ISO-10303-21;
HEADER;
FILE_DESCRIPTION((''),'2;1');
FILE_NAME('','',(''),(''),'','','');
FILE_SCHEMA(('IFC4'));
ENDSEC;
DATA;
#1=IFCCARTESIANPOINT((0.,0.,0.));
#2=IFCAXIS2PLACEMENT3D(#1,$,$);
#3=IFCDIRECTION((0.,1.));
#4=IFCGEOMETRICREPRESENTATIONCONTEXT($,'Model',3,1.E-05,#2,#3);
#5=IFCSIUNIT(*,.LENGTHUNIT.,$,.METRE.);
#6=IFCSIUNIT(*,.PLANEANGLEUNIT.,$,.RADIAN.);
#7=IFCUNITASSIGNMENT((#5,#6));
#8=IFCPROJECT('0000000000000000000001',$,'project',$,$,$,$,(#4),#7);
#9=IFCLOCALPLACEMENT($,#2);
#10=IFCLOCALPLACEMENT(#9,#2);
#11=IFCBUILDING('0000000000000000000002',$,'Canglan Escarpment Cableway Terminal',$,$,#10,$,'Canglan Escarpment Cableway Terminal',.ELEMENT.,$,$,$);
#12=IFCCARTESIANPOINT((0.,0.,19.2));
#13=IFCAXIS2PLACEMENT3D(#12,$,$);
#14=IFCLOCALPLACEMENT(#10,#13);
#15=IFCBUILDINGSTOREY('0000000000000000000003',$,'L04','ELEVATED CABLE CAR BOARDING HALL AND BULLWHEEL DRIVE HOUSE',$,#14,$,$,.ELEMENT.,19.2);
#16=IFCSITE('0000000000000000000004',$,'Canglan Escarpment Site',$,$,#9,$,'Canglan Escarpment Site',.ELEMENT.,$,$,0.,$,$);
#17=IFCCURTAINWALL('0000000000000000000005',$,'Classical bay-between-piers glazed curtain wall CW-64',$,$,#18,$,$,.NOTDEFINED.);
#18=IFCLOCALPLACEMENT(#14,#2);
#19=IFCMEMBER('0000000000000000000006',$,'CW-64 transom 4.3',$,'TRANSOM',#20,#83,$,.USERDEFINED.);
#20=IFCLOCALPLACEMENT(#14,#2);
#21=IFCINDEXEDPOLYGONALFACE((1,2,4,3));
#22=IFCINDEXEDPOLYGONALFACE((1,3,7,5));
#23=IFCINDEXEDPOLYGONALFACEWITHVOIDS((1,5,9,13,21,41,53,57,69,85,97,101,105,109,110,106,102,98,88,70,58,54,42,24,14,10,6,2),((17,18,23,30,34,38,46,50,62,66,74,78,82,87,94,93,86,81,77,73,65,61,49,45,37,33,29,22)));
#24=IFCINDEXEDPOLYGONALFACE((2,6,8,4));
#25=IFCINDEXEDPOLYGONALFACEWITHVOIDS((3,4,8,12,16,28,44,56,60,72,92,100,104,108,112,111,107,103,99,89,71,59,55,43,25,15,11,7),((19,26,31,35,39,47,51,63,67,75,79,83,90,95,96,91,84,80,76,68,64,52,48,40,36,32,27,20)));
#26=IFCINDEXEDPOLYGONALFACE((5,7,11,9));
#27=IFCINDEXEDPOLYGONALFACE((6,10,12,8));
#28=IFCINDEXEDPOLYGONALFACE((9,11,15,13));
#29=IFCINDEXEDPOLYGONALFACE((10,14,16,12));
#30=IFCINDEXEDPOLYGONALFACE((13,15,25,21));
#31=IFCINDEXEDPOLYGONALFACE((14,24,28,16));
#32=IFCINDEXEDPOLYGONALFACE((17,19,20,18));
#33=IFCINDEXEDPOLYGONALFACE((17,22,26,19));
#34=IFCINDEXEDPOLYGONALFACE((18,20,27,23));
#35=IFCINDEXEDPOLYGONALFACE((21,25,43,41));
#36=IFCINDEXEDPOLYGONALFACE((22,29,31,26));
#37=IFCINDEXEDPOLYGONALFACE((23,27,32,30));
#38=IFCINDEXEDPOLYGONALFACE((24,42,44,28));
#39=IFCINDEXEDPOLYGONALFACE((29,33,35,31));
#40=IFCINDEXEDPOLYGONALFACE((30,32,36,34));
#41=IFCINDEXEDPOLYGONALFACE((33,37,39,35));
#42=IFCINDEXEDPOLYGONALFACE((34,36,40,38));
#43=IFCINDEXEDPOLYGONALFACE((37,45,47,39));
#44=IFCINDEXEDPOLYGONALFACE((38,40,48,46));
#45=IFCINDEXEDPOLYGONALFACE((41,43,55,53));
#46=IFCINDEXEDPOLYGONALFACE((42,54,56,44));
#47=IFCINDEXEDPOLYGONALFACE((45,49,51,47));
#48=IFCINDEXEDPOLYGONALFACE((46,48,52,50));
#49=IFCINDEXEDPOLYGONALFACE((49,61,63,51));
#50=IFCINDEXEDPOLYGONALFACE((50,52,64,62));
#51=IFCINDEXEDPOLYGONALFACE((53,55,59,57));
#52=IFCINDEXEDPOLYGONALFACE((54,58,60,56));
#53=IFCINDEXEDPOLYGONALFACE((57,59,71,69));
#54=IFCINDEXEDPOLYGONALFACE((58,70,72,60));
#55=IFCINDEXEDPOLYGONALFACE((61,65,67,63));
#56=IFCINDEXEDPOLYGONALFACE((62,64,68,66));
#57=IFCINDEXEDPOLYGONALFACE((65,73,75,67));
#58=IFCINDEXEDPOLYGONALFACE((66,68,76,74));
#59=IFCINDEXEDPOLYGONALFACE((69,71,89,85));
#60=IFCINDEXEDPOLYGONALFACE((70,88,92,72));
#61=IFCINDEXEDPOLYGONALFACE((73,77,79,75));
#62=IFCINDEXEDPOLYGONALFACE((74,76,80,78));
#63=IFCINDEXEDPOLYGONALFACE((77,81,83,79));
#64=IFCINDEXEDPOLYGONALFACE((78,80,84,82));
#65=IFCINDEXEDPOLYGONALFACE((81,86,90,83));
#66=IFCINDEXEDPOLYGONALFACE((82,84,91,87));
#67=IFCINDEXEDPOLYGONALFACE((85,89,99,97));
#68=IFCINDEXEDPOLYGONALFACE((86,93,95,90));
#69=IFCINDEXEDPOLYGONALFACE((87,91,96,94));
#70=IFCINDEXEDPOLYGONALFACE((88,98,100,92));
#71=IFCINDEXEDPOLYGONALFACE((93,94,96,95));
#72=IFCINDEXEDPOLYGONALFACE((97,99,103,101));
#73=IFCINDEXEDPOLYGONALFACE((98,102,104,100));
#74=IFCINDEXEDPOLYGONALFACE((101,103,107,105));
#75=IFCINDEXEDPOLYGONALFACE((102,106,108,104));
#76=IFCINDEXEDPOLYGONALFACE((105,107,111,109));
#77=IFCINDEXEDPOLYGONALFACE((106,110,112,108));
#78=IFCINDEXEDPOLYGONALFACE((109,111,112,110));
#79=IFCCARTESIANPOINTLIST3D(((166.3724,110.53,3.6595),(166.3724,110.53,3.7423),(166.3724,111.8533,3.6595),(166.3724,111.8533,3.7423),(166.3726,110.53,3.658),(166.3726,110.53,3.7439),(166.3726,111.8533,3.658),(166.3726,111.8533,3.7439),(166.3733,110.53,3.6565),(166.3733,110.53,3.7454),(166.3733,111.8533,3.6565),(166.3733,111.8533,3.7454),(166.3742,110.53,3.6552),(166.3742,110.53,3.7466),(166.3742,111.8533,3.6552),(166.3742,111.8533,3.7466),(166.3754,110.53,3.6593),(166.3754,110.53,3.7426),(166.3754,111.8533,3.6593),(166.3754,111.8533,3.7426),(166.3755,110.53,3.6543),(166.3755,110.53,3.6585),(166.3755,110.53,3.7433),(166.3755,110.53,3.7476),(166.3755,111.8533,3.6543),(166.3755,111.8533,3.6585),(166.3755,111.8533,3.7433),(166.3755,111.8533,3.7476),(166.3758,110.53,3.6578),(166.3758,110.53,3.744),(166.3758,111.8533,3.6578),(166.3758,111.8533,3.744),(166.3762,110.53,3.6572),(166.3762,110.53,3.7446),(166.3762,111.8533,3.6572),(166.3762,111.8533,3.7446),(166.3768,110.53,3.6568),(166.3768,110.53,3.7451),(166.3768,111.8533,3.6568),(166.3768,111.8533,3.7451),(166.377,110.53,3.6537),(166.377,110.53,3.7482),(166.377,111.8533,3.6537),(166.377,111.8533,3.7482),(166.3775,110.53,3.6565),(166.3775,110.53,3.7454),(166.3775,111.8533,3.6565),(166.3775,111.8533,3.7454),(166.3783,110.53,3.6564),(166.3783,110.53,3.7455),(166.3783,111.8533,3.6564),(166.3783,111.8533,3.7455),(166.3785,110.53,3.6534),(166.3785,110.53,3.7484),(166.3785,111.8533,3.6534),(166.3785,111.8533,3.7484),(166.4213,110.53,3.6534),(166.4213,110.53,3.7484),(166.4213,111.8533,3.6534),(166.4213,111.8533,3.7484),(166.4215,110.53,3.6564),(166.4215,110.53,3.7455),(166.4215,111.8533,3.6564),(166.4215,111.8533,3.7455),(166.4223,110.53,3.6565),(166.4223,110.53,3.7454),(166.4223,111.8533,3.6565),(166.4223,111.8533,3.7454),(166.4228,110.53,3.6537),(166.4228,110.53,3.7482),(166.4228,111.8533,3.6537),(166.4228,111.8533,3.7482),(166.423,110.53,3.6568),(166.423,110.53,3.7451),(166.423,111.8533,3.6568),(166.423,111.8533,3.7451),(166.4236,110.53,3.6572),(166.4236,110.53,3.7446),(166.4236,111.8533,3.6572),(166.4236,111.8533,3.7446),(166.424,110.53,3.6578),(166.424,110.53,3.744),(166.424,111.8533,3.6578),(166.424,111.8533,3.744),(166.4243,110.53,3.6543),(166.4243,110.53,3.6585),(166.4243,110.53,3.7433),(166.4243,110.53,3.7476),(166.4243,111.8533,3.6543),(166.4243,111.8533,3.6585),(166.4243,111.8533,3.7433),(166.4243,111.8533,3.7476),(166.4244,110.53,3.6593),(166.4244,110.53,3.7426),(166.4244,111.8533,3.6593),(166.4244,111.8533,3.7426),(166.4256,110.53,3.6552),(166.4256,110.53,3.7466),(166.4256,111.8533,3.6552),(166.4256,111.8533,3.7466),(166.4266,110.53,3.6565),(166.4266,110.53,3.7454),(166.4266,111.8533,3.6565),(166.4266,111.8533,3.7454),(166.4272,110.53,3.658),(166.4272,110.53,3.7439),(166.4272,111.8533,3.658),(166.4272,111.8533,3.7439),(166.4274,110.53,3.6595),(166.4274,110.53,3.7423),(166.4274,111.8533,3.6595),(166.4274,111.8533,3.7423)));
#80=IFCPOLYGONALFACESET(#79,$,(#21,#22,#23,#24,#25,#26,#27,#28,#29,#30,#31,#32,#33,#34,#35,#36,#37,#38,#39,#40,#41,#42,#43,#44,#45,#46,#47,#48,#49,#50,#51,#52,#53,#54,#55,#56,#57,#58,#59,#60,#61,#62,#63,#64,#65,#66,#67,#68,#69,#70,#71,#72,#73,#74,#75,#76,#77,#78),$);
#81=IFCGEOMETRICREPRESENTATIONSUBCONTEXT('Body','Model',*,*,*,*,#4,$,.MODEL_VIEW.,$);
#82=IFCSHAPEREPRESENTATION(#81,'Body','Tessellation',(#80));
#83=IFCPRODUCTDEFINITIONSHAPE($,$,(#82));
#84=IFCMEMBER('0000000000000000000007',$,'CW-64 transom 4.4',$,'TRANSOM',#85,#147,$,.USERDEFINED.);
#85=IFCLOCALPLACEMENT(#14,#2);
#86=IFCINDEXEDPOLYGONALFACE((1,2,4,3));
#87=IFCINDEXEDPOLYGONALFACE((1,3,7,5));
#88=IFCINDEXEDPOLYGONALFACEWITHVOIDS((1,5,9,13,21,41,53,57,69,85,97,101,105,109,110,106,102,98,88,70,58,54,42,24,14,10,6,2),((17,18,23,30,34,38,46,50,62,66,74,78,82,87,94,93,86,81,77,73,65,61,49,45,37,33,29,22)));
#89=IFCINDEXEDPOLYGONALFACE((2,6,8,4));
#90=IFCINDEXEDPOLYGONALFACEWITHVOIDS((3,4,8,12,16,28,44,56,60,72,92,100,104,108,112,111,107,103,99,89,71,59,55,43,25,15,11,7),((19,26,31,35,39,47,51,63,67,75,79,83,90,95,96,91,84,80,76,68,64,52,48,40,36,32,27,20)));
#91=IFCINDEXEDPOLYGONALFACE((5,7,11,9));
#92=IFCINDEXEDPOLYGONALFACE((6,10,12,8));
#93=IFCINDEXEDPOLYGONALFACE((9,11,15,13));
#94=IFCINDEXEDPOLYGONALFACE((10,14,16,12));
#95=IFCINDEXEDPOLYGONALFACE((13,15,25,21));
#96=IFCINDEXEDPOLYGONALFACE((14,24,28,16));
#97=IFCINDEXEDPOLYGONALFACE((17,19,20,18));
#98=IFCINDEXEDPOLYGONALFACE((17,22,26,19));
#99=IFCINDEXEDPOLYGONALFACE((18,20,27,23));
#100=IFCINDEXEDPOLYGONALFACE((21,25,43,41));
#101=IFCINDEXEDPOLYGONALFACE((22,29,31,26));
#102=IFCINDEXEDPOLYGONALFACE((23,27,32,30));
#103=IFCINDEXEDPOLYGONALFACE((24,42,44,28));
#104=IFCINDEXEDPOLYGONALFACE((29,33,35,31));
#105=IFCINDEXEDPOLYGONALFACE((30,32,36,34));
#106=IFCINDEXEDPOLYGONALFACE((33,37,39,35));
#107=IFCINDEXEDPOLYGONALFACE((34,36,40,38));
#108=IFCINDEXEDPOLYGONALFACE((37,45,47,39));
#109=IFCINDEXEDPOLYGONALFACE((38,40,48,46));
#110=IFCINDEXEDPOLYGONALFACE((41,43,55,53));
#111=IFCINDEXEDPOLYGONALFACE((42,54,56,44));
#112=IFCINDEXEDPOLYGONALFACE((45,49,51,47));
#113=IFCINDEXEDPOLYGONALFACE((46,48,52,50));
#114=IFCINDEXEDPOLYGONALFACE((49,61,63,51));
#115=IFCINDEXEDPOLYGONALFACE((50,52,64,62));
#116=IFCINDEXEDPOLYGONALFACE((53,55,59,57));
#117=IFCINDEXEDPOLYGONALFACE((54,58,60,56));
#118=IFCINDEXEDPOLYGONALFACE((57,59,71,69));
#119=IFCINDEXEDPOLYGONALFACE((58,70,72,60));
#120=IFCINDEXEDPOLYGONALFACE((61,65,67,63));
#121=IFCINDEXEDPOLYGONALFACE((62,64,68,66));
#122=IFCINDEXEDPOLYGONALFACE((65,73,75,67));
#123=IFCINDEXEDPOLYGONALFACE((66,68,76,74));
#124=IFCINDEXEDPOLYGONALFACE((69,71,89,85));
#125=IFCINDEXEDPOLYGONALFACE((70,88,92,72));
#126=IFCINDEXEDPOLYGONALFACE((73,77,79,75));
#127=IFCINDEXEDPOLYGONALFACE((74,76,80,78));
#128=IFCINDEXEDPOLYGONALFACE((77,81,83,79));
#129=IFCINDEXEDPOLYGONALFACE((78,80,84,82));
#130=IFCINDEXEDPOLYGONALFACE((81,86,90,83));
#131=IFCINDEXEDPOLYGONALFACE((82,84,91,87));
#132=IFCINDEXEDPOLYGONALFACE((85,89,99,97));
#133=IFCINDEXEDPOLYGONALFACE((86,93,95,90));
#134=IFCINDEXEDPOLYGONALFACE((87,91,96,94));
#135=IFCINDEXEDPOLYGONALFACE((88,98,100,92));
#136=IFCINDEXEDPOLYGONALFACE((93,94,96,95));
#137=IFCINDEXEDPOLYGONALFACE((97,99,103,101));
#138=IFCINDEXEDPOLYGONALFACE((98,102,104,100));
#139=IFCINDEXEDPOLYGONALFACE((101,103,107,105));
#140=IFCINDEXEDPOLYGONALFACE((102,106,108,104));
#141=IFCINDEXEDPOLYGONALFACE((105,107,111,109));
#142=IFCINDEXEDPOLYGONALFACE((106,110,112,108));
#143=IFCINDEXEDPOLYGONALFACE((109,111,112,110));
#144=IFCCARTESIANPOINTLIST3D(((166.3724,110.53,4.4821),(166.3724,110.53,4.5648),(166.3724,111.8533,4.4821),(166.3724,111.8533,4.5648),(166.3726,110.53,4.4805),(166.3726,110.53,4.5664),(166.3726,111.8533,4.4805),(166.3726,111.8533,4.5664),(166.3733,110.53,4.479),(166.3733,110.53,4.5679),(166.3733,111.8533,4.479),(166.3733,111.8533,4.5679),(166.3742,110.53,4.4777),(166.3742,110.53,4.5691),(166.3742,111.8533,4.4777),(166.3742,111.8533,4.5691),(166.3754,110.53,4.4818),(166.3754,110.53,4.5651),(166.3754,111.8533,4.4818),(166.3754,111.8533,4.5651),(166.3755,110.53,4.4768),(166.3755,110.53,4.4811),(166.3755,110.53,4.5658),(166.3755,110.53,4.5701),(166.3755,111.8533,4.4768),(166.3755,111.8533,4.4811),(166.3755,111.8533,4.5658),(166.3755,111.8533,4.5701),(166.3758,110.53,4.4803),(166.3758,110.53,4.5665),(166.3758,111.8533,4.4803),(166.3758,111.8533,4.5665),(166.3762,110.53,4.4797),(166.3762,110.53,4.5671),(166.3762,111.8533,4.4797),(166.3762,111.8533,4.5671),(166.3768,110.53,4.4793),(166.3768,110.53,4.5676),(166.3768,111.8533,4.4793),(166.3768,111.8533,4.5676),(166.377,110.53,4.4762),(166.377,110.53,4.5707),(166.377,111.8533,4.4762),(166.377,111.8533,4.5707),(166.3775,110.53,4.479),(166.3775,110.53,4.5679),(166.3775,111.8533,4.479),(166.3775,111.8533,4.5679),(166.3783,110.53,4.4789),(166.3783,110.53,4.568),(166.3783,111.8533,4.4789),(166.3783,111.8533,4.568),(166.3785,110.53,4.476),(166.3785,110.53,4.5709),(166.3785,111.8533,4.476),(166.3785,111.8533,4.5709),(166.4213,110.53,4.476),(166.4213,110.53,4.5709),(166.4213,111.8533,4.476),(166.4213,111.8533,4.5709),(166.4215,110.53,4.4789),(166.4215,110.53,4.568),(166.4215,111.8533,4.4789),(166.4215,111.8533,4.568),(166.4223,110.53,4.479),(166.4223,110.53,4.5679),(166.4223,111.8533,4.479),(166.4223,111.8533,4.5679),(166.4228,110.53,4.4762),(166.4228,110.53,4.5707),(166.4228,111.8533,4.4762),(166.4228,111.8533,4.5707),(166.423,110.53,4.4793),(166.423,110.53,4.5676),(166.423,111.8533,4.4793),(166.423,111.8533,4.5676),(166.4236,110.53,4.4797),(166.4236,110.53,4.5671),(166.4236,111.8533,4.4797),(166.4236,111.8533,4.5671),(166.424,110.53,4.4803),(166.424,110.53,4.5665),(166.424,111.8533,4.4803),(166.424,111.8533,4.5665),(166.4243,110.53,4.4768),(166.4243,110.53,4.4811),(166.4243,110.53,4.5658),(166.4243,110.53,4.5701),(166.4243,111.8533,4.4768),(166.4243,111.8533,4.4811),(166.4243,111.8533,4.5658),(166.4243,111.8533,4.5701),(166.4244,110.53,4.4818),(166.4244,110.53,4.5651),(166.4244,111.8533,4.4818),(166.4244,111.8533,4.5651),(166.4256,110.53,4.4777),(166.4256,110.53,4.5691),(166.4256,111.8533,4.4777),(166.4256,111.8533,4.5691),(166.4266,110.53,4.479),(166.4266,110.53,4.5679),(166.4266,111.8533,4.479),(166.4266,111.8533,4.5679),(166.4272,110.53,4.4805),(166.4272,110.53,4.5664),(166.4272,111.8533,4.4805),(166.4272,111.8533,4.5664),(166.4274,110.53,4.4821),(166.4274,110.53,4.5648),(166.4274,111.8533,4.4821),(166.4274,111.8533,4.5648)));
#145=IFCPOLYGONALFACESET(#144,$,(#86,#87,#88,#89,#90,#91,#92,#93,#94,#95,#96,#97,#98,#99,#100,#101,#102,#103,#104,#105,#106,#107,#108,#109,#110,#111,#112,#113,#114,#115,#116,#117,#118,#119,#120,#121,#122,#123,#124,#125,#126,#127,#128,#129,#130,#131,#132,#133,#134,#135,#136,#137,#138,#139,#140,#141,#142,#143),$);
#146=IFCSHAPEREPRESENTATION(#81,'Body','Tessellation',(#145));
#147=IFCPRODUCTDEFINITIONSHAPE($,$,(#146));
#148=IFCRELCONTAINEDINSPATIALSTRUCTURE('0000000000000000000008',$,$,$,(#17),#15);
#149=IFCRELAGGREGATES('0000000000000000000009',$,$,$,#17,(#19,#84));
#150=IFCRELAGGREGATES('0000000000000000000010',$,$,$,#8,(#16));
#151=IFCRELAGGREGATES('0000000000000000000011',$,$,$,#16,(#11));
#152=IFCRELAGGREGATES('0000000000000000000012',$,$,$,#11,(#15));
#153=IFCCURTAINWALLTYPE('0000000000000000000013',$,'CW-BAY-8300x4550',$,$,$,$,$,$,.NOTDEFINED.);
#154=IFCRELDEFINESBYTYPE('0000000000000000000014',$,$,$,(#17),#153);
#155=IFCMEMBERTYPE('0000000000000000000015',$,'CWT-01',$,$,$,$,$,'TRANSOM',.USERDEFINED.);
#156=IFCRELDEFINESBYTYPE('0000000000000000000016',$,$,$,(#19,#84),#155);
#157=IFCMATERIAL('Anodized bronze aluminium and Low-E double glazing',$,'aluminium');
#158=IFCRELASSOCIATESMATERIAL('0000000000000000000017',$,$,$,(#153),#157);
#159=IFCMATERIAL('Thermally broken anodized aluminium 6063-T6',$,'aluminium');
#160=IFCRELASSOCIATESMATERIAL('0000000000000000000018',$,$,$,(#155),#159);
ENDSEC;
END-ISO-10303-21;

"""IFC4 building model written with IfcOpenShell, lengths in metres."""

from ifc_helpers import new_model, si_unit, direction, frame, origin, origin_2d, place, context, subcontext, project, spatial, hollow_rectangle, extrude, material, material_profile, profile_set, type_object, element, aggregate, save


model = new_model("IFC4")

# Units and contexts
model_context = context("Model", 3, precision=1e-05, world=origin(), true_north=direction((0.0, 1.0)))
body_context = subcontext(model_context, "Body", "Model", "MODEL_VIEW")
ifc_project = project(units=[si_unit("LENGTHUNIT", "METRE"), si_unit("PLANEANGLEUNIT", "RADIAN")], contexts=[model_context])

# Site, building, storey
site_placement = place(None, origin())
site = spatial("IfcSite", under=ifc_project, at=site_placement, Name="Canglan Escarpment Site", LongName="Canglan Escarpment Site", CompositionType="ELEMENT", RefElevation=0.0)
building_placement = place(site_placement, origin())
building = spatial("IfcBuilding", under=site, at=building_placement, Name="Canglan Escarpment Cableway Terminal", LongName="Canglan Escarpment Cableway Terminal", CompositionType="ELEMENT")
storey_placement = place(building_placement, frame((0.0, 0.0, 19.2)))
storey = spatial("IfcBuildingStorey", under=building, at=storey_placement, Name="L04", Description="ELEVATED CABLE CAR BOARDING HALL AND BULLWHEEL DRIVE HOUSE", CompositionType="ELEMENT", Elevation=19.2)

# Curtain wall
ifc_material_1 = material(Name="Anodized bronze aluminium and Low-E double glazing", Category="aluminium")
curtain_wall_type = type_object("IfcCurtainWallType", Name="CW-BAY-8300x4550", PredefinedType="NOTDEFINED", material=ifc_material_1)
curtain_wall_1_placement = place(storey_placement, origin())
curtain_wall_1 = element("IfcCurtainWall", 1, at=curtain_wall_1_placement, inside=storey, type_object=curtain_wall_type, Name="Classical bay-between-piers glazed curtain wall CW-64", PredefinedType="NOTDEFINED")
ifc_material_2 = material(Name="Thermally broken anodized aluminium 6063-T6", Category="aluminium")

# Members
ifc_material_profile_1 = material_profile(ifc_material_2, hollow_rectangle(XDim=0.0549, YDim=0.095, WallThickness=0.0029, InnerFilletRadius=0.0029, OuterFilletRadius=0.0061, at=origin_2d()), Name="ALU-TRAN 55x95x3")
ifc_profile_set_1 = profile_set([ifc_material_profile_1], Name="Thermally broken anodized aluminium 6063-T6")
member_type_1 = type_object("IfcMemberType", Name="CWT-01", ElementType="TRANSOM", PredefinedType="USERDEFINED", material=ifc_profile_set_1)
member_1_placement = place(storey_placement, frame((166.3999, 110.53, 3.7009), z_axis=(0.0, 1.0, 0.0), x_axis=(-1.0, 0.0, 0.0)))
member_1 = element("IfcMember", 2, at=member_1_placement, type_object=member_type_1, Name="CW-64 transom 4.3", ObjectType="TRANSOM", PredefinedType="USERDEFINED", context=body_context, shape_type="SweptSolid", body=[
    extrude(hollow_rectangle(XDim=0.0549, YDim=0.095, WallThickness=0.0029, InnerFilletRadius=0.0029, OuterFilletRadius=0.0061, at=origin_2d()), origin(), (0.0, 0.0, 1.0), 1.3232),
])
member_2_placement = place(storey_placement, frame((166.3999, 110.53, 4.5234), z_axis=(0.0, 1.0, 0.0), x_axis=(-1.0, 0.0, 0.0)))
member_2 = element("IfcMember", 3, at=member_2_placement, type_object=member_type_1, Name="CW-64 transom 4.4", ObjectType="TRANSOM", PredefinedType="USERDEFINED", context=body_context, shape_type="SweptSolid", body=[
    extrude(hollow_rectangle(XDim=0.0549, YDim=0.095, WallThickness=0.0029, InnerFilletRadius=0.0029, OuterFilletRadius=0.0061, at=origin_2d()), origin(), (0.0, 0.0, 1.0), 1.3232),
])

aggregate(curtain_wall_1, [member_1, member_2])

save(model, "model.ifc")
